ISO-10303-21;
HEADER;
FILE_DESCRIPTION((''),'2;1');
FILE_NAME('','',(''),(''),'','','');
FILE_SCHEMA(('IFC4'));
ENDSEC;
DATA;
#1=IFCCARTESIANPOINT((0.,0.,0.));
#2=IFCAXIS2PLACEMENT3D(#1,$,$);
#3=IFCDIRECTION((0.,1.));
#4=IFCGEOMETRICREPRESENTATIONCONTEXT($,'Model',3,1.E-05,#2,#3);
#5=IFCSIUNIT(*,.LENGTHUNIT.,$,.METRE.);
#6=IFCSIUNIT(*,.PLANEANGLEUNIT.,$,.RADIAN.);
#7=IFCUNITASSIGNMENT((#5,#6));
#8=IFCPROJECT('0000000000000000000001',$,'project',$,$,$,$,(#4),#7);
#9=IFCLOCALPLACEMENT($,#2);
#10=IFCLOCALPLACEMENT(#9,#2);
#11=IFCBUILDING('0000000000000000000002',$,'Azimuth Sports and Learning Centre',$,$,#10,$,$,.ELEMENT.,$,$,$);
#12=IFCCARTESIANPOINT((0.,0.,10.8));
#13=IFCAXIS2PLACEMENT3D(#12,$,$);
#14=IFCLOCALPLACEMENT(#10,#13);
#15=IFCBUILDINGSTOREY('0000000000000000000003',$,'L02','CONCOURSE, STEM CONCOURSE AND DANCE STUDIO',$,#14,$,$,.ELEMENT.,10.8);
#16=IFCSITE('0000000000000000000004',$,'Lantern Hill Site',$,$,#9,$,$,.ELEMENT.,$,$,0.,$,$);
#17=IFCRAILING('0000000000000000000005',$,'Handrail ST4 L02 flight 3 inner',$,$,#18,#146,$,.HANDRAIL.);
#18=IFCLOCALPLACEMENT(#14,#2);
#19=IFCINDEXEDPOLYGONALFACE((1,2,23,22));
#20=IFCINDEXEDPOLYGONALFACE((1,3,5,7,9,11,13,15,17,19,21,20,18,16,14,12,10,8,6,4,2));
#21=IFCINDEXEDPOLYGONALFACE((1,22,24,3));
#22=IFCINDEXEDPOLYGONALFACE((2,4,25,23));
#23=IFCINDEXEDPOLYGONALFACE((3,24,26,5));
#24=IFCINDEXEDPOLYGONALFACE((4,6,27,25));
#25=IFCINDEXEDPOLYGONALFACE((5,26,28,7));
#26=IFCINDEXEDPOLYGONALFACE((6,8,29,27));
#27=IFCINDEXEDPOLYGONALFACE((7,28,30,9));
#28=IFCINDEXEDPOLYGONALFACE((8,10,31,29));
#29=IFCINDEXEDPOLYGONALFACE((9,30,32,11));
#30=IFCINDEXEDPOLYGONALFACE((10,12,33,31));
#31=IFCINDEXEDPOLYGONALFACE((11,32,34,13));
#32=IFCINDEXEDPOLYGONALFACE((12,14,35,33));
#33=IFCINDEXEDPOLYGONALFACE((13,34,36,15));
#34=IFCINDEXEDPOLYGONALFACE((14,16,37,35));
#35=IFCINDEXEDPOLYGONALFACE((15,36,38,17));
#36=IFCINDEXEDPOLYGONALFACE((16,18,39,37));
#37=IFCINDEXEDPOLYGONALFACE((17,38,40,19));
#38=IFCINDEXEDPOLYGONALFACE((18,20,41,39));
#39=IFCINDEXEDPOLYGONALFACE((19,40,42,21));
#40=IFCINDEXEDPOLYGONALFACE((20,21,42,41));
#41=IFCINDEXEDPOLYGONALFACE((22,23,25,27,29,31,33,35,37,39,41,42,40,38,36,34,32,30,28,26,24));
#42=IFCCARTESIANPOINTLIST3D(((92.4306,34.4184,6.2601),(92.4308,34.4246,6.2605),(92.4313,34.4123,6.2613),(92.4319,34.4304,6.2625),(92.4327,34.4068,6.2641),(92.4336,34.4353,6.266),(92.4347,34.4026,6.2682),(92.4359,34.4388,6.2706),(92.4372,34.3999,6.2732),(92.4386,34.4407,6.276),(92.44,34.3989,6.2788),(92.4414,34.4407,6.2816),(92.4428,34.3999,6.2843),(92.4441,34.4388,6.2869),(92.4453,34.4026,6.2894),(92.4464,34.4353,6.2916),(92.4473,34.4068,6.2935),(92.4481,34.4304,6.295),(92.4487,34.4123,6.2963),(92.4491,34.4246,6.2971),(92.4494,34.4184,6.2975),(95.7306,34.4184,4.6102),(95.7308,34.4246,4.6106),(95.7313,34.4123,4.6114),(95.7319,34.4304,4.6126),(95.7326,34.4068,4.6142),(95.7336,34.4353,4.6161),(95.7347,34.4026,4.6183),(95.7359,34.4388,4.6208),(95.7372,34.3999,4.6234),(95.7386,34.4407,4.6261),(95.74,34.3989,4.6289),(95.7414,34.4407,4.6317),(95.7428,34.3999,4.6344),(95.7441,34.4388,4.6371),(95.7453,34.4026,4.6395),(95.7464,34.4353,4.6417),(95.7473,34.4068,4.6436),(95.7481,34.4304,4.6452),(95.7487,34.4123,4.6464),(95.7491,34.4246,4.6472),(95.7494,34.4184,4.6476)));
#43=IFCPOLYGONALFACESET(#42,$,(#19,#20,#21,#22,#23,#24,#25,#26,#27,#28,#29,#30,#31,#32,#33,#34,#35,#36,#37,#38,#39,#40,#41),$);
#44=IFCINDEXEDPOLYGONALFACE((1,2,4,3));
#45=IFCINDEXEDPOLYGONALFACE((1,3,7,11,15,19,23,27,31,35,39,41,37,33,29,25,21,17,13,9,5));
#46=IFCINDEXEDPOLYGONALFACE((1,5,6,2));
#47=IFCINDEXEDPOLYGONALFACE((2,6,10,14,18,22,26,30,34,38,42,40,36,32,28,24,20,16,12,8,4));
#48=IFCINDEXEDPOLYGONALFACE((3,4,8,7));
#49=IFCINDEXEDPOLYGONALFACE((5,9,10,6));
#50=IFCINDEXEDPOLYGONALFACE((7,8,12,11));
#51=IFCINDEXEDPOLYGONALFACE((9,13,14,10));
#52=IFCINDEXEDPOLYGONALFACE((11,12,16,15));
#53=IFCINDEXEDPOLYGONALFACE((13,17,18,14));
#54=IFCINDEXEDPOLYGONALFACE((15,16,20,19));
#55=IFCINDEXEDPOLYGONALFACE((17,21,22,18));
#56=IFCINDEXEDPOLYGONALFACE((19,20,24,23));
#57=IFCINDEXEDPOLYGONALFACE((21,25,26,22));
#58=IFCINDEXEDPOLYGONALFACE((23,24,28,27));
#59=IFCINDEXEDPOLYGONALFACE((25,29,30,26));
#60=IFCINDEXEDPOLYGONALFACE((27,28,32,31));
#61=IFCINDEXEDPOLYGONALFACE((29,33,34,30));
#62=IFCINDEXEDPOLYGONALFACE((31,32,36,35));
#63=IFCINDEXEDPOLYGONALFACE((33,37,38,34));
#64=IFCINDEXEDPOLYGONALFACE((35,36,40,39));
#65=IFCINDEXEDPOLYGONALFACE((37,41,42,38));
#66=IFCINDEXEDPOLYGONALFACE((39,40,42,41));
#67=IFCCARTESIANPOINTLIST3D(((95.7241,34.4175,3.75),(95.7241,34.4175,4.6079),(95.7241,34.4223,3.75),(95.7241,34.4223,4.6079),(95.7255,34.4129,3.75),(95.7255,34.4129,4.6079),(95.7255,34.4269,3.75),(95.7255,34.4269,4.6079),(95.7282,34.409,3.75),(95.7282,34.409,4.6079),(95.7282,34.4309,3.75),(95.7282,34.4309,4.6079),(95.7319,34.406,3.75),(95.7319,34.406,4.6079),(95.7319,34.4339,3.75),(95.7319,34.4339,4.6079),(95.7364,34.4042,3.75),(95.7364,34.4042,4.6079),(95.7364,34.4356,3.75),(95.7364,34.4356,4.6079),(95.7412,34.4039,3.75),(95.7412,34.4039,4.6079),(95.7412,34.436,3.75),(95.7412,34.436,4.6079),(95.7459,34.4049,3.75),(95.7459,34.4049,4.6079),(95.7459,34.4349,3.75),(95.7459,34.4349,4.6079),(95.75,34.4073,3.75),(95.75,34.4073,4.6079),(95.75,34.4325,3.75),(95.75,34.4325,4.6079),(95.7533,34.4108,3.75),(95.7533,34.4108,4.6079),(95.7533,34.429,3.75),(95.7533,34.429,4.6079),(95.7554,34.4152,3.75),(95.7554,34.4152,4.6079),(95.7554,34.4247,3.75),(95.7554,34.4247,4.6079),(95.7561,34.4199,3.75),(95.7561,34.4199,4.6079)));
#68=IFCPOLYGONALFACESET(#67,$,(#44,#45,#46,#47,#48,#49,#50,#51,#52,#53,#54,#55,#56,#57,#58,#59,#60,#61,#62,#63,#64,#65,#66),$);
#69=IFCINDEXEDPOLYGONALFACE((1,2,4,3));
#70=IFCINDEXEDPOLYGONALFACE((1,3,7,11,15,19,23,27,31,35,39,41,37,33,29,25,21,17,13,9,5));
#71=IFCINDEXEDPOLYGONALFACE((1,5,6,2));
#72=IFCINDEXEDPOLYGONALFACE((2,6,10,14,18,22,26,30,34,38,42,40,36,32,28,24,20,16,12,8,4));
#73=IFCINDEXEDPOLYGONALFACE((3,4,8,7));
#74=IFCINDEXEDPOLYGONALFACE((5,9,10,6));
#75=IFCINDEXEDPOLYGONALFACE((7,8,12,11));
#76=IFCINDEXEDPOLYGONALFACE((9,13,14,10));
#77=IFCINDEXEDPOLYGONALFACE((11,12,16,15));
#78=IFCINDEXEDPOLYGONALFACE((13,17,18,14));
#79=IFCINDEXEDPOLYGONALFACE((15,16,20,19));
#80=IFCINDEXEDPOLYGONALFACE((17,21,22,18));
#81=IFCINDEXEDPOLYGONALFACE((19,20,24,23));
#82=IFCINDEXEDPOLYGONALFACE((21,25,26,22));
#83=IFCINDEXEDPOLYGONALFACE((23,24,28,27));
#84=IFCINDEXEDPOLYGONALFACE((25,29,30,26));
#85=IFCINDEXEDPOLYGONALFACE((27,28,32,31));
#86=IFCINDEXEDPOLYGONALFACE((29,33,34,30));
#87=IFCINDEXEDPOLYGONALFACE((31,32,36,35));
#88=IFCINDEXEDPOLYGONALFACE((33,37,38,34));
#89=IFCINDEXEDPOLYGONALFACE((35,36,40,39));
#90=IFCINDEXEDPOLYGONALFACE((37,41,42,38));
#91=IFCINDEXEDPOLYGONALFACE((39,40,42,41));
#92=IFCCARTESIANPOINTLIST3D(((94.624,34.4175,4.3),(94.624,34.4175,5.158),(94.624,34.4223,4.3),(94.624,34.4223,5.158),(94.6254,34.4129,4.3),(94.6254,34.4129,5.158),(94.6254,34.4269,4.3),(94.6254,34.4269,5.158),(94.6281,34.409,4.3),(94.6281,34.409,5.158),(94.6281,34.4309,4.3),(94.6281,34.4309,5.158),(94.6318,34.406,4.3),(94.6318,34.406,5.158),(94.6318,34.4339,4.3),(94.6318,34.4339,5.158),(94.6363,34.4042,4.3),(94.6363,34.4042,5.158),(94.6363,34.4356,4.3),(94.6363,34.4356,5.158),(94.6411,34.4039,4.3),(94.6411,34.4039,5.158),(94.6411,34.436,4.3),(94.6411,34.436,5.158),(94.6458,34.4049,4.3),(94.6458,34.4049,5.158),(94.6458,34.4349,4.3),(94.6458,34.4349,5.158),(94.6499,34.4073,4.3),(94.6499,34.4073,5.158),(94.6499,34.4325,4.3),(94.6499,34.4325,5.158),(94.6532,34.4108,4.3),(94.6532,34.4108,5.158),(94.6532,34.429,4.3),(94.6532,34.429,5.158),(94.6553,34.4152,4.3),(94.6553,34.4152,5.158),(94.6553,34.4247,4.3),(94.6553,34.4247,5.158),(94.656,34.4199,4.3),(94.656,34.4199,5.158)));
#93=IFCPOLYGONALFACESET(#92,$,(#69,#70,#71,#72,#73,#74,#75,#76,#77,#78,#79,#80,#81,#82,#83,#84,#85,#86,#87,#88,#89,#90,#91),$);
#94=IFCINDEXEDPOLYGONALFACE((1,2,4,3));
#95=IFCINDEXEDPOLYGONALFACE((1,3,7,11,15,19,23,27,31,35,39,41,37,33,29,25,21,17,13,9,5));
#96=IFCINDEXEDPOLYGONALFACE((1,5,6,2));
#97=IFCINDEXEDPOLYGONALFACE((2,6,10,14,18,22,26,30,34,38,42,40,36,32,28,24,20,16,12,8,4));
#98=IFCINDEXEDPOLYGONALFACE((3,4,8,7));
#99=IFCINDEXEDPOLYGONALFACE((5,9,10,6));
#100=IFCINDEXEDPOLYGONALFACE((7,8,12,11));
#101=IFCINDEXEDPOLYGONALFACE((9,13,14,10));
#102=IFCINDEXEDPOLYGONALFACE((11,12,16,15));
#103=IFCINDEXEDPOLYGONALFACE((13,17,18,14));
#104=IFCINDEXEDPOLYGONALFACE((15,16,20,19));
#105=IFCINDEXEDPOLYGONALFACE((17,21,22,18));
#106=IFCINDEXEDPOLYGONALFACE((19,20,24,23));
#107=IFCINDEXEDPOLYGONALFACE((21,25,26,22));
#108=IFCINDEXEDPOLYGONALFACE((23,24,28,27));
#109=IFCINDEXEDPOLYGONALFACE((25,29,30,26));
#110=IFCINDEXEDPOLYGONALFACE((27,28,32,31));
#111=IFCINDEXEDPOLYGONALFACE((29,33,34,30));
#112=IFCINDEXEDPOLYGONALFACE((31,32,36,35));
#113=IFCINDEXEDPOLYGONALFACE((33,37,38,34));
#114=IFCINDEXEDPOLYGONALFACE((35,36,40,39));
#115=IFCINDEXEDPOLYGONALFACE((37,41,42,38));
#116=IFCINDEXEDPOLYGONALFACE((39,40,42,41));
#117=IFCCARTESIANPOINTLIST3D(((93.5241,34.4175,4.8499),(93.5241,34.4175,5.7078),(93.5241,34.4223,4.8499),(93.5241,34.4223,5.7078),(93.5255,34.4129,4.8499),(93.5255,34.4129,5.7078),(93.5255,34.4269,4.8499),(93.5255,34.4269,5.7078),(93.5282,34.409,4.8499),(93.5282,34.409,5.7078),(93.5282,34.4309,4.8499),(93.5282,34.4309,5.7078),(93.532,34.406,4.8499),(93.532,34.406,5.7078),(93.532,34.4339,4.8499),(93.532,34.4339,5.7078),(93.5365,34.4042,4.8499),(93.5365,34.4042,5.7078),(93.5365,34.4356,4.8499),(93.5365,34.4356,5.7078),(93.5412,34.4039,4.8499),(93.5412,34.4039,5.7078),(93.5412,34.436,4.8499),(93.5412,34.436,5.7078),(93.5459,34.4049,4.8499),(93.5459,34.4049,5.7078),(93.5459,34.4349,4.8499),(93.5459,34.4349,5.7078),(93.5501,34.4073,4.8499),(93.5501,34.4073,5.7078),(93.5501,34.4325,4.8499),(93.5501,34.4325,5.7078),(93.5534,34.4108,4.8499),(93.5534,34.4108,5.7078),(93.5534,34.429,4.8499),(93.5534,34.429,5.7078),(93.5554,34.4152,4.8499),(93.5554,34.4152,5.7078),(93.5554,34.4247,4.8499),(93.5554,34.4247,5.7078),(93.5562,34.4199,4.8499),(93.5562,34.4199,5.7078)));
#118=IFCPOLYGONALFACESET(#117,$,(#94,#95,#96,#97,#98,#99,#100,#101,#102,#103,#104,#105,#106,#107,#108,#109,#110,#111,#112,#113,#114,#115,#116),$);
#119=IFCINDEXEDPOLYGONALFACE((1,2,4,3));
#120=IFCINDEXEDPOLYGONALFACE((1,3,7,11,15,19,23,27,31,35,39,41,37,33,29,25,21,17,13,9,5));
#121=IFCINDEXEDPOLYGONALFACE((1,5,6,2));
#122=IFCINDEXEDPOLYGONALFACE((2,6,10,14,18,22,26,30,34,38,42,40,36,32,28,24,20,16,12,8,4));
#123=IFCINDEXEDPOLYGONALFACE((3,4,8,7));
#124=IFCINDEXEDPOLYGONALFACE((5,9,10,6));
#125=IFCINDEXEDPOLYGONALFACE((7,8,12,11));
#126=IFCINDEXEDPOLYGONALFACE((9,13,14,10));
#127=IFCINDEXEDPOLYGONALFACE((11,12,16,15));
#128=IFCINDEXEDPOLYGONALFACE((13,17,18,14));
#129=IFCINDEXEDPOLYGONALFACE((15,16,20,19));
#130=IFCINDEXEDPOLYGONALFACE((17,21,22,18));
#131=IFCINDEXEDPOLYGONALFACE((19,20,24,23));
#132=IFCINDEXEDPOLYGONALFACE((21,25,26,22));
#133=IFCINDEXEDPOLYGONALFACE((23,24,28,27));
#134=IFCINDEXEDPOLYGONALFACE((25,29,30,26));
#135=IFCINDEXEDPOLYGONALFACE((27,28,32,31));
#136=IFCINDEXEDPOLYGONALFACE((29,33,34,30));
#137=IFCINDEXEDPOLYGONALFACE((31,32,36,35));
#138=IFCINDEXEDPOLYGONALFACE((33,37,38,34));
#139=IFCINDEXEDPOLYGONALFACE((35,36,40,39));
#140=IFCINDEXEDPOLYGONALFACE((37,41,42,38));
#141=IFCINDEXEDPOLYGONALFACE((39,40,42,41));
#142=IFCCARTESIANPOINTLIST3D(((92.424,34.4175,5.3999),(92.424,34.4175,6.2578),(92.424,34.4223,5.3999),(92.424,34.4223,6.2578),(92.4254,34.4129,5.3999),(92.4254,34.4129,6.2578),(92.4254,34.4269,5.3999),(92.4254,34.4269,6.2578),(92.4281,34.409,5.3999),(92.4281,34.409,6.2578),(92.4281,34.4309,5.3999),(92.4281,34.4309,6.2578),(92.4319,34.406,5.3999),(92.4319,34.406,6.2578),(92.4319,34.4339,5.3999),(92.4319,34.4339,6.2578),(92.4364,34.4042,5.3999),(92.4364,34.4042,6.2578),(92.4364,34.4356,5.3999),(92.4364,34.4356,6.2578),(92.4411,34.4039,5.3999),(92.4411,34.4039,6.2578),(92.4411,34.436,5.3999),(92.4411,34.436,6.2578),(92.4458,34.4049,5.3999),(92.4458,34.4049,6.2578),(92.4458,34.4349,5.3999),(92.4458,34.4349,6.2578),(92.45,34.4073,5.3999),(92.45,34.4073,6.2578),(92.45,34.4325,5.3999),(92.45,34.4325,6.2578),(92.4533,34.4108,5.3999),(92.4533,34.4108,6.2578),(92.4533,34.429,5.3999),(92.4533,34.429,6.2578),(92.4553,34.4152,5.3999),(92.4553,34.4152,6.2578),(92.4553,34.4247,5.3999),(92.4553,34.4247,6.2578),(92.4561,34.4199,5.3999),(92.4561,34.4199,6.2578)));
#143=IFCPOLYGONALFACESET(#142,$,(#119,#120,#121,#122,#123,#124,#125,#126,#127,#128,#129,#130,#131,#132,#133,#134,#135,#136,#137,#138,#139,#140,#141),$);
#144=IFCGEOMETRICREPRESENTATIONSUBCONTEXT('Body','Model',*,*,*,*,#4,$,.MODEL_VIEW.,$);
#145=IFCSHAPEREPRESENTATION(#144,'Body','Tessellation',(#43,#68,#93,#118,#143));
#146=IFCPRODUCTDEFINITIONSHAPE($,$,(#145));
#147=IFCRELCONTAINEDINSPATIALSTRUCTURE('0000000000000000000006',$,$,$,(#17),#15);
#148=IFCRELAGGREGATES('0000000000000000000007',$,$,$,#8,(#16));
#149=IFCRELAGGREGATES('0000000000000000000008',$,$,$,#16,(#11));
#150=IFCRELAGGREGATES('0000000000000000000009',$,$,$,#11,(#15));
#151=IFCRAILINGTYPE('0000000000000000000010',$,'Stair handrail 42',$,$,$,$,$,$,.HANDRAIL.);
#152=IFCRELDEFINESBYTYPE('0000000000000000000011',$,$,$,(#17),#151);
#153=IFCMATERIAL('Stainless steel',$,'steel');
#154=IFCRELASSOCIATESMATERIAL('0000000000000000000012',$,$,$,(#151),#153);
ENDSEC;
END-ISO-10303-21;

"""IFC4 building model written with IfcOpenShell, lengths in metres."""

from ifc_helpers import new_model, si_unit, direction, frame, origin, origin_2d, place, context, subcontext, project, spatial, circle, extrude, material, type_object, element, save


model = new_model("IFC4")

# Units and contexts
model_context = context("Model", 3, precision=1e-05, world=origin(), true_north=direction((0.0, 1.0)))
body_context = subcontext(model_context, "Body", "Model", "MODEL_VIEW")
ifc_project = project(units=[si_unit("LENGTHUNIT", "METRE"), si_unit("PLANEANGLEUNIT", "RADIAN")], contexts=[model_context])

# Site, building, storey
site_placement = place(None, origin())
site = spatial("IfcSite", under=ifc_project, at=site_placement, Name="Lantern Hill Site", CompositionType="ELEMENT", RefElevation=0.0)
building_placement = place(site_placement, origin())
building = spatial("IfcBuilding", under=site, at=building_placement, Name="Azimuth Sports and Learning Centre", CompositionType="ELEMENT")
storey_placement = place(building_placement, frame((0.0, 0.0, 10.8)))
storey = spatial("IfcBuildingStorey", under=building, at=storey_placement, Name="L02", Description="CONCOURSE, STEM CONCOURSE AND DANCE STUDIO", CompositionType="ELEMENT", Elevation=10.8)

# Railing
ifc_material_1 = material(Name="Stainless steel", Category="steel")
railing_type_1 = type_object("IfcRailingType", Name="Stair handrail 42", PredefinedType="HANDRAIL", material=ifc_material_1)
for number, where, name in (
    (1, (95.74, 34.4199, 3.75), "Handrail ST4 L02 flight 3 inner"),
):
    element("IfcRailing", number, at=place(storey_placement, frame(where)), inside=storey, type_object=railing_type_1, Name=name, PredefinedType="HANDRAIL", context=body_context, shape_type="SweptSolid", body=[
        extrude(circle(Radius=0.021, at=origin_2d()), frame((0.0, 0.0, 0.8789), z_axis=(-0.89444, 0.0, 0.447187), x_axis=(0.0, -1.0, 0.0)), (0.0, 0.0, 1.0), 3.6895),
        extrude(circle(Radius=0.0161, at=origin_2d()), origin(), (0.0, 0.0, 1.0), 0.8579),
        extrude(circle(Radius=0.0161, at=origin_2d()), frame((-1.1001, 0.0, 0.55)), (0.0, 0.0, 1.0), 0.8579),
        extrude(circle(Radius=0.0161, at=origin_2d()), frame((-2.2, 0.0, 1.0999)), (0.0, 0.0, 1.0), 0.8579),
        extrude(circle(Radius=0.0161, at=origin_2d()), frame((-3.3, 0.0, 1.6499)), (0.0, 0.0, 1.0), 0.8579),
    ])

save(model, "model.ifc")
